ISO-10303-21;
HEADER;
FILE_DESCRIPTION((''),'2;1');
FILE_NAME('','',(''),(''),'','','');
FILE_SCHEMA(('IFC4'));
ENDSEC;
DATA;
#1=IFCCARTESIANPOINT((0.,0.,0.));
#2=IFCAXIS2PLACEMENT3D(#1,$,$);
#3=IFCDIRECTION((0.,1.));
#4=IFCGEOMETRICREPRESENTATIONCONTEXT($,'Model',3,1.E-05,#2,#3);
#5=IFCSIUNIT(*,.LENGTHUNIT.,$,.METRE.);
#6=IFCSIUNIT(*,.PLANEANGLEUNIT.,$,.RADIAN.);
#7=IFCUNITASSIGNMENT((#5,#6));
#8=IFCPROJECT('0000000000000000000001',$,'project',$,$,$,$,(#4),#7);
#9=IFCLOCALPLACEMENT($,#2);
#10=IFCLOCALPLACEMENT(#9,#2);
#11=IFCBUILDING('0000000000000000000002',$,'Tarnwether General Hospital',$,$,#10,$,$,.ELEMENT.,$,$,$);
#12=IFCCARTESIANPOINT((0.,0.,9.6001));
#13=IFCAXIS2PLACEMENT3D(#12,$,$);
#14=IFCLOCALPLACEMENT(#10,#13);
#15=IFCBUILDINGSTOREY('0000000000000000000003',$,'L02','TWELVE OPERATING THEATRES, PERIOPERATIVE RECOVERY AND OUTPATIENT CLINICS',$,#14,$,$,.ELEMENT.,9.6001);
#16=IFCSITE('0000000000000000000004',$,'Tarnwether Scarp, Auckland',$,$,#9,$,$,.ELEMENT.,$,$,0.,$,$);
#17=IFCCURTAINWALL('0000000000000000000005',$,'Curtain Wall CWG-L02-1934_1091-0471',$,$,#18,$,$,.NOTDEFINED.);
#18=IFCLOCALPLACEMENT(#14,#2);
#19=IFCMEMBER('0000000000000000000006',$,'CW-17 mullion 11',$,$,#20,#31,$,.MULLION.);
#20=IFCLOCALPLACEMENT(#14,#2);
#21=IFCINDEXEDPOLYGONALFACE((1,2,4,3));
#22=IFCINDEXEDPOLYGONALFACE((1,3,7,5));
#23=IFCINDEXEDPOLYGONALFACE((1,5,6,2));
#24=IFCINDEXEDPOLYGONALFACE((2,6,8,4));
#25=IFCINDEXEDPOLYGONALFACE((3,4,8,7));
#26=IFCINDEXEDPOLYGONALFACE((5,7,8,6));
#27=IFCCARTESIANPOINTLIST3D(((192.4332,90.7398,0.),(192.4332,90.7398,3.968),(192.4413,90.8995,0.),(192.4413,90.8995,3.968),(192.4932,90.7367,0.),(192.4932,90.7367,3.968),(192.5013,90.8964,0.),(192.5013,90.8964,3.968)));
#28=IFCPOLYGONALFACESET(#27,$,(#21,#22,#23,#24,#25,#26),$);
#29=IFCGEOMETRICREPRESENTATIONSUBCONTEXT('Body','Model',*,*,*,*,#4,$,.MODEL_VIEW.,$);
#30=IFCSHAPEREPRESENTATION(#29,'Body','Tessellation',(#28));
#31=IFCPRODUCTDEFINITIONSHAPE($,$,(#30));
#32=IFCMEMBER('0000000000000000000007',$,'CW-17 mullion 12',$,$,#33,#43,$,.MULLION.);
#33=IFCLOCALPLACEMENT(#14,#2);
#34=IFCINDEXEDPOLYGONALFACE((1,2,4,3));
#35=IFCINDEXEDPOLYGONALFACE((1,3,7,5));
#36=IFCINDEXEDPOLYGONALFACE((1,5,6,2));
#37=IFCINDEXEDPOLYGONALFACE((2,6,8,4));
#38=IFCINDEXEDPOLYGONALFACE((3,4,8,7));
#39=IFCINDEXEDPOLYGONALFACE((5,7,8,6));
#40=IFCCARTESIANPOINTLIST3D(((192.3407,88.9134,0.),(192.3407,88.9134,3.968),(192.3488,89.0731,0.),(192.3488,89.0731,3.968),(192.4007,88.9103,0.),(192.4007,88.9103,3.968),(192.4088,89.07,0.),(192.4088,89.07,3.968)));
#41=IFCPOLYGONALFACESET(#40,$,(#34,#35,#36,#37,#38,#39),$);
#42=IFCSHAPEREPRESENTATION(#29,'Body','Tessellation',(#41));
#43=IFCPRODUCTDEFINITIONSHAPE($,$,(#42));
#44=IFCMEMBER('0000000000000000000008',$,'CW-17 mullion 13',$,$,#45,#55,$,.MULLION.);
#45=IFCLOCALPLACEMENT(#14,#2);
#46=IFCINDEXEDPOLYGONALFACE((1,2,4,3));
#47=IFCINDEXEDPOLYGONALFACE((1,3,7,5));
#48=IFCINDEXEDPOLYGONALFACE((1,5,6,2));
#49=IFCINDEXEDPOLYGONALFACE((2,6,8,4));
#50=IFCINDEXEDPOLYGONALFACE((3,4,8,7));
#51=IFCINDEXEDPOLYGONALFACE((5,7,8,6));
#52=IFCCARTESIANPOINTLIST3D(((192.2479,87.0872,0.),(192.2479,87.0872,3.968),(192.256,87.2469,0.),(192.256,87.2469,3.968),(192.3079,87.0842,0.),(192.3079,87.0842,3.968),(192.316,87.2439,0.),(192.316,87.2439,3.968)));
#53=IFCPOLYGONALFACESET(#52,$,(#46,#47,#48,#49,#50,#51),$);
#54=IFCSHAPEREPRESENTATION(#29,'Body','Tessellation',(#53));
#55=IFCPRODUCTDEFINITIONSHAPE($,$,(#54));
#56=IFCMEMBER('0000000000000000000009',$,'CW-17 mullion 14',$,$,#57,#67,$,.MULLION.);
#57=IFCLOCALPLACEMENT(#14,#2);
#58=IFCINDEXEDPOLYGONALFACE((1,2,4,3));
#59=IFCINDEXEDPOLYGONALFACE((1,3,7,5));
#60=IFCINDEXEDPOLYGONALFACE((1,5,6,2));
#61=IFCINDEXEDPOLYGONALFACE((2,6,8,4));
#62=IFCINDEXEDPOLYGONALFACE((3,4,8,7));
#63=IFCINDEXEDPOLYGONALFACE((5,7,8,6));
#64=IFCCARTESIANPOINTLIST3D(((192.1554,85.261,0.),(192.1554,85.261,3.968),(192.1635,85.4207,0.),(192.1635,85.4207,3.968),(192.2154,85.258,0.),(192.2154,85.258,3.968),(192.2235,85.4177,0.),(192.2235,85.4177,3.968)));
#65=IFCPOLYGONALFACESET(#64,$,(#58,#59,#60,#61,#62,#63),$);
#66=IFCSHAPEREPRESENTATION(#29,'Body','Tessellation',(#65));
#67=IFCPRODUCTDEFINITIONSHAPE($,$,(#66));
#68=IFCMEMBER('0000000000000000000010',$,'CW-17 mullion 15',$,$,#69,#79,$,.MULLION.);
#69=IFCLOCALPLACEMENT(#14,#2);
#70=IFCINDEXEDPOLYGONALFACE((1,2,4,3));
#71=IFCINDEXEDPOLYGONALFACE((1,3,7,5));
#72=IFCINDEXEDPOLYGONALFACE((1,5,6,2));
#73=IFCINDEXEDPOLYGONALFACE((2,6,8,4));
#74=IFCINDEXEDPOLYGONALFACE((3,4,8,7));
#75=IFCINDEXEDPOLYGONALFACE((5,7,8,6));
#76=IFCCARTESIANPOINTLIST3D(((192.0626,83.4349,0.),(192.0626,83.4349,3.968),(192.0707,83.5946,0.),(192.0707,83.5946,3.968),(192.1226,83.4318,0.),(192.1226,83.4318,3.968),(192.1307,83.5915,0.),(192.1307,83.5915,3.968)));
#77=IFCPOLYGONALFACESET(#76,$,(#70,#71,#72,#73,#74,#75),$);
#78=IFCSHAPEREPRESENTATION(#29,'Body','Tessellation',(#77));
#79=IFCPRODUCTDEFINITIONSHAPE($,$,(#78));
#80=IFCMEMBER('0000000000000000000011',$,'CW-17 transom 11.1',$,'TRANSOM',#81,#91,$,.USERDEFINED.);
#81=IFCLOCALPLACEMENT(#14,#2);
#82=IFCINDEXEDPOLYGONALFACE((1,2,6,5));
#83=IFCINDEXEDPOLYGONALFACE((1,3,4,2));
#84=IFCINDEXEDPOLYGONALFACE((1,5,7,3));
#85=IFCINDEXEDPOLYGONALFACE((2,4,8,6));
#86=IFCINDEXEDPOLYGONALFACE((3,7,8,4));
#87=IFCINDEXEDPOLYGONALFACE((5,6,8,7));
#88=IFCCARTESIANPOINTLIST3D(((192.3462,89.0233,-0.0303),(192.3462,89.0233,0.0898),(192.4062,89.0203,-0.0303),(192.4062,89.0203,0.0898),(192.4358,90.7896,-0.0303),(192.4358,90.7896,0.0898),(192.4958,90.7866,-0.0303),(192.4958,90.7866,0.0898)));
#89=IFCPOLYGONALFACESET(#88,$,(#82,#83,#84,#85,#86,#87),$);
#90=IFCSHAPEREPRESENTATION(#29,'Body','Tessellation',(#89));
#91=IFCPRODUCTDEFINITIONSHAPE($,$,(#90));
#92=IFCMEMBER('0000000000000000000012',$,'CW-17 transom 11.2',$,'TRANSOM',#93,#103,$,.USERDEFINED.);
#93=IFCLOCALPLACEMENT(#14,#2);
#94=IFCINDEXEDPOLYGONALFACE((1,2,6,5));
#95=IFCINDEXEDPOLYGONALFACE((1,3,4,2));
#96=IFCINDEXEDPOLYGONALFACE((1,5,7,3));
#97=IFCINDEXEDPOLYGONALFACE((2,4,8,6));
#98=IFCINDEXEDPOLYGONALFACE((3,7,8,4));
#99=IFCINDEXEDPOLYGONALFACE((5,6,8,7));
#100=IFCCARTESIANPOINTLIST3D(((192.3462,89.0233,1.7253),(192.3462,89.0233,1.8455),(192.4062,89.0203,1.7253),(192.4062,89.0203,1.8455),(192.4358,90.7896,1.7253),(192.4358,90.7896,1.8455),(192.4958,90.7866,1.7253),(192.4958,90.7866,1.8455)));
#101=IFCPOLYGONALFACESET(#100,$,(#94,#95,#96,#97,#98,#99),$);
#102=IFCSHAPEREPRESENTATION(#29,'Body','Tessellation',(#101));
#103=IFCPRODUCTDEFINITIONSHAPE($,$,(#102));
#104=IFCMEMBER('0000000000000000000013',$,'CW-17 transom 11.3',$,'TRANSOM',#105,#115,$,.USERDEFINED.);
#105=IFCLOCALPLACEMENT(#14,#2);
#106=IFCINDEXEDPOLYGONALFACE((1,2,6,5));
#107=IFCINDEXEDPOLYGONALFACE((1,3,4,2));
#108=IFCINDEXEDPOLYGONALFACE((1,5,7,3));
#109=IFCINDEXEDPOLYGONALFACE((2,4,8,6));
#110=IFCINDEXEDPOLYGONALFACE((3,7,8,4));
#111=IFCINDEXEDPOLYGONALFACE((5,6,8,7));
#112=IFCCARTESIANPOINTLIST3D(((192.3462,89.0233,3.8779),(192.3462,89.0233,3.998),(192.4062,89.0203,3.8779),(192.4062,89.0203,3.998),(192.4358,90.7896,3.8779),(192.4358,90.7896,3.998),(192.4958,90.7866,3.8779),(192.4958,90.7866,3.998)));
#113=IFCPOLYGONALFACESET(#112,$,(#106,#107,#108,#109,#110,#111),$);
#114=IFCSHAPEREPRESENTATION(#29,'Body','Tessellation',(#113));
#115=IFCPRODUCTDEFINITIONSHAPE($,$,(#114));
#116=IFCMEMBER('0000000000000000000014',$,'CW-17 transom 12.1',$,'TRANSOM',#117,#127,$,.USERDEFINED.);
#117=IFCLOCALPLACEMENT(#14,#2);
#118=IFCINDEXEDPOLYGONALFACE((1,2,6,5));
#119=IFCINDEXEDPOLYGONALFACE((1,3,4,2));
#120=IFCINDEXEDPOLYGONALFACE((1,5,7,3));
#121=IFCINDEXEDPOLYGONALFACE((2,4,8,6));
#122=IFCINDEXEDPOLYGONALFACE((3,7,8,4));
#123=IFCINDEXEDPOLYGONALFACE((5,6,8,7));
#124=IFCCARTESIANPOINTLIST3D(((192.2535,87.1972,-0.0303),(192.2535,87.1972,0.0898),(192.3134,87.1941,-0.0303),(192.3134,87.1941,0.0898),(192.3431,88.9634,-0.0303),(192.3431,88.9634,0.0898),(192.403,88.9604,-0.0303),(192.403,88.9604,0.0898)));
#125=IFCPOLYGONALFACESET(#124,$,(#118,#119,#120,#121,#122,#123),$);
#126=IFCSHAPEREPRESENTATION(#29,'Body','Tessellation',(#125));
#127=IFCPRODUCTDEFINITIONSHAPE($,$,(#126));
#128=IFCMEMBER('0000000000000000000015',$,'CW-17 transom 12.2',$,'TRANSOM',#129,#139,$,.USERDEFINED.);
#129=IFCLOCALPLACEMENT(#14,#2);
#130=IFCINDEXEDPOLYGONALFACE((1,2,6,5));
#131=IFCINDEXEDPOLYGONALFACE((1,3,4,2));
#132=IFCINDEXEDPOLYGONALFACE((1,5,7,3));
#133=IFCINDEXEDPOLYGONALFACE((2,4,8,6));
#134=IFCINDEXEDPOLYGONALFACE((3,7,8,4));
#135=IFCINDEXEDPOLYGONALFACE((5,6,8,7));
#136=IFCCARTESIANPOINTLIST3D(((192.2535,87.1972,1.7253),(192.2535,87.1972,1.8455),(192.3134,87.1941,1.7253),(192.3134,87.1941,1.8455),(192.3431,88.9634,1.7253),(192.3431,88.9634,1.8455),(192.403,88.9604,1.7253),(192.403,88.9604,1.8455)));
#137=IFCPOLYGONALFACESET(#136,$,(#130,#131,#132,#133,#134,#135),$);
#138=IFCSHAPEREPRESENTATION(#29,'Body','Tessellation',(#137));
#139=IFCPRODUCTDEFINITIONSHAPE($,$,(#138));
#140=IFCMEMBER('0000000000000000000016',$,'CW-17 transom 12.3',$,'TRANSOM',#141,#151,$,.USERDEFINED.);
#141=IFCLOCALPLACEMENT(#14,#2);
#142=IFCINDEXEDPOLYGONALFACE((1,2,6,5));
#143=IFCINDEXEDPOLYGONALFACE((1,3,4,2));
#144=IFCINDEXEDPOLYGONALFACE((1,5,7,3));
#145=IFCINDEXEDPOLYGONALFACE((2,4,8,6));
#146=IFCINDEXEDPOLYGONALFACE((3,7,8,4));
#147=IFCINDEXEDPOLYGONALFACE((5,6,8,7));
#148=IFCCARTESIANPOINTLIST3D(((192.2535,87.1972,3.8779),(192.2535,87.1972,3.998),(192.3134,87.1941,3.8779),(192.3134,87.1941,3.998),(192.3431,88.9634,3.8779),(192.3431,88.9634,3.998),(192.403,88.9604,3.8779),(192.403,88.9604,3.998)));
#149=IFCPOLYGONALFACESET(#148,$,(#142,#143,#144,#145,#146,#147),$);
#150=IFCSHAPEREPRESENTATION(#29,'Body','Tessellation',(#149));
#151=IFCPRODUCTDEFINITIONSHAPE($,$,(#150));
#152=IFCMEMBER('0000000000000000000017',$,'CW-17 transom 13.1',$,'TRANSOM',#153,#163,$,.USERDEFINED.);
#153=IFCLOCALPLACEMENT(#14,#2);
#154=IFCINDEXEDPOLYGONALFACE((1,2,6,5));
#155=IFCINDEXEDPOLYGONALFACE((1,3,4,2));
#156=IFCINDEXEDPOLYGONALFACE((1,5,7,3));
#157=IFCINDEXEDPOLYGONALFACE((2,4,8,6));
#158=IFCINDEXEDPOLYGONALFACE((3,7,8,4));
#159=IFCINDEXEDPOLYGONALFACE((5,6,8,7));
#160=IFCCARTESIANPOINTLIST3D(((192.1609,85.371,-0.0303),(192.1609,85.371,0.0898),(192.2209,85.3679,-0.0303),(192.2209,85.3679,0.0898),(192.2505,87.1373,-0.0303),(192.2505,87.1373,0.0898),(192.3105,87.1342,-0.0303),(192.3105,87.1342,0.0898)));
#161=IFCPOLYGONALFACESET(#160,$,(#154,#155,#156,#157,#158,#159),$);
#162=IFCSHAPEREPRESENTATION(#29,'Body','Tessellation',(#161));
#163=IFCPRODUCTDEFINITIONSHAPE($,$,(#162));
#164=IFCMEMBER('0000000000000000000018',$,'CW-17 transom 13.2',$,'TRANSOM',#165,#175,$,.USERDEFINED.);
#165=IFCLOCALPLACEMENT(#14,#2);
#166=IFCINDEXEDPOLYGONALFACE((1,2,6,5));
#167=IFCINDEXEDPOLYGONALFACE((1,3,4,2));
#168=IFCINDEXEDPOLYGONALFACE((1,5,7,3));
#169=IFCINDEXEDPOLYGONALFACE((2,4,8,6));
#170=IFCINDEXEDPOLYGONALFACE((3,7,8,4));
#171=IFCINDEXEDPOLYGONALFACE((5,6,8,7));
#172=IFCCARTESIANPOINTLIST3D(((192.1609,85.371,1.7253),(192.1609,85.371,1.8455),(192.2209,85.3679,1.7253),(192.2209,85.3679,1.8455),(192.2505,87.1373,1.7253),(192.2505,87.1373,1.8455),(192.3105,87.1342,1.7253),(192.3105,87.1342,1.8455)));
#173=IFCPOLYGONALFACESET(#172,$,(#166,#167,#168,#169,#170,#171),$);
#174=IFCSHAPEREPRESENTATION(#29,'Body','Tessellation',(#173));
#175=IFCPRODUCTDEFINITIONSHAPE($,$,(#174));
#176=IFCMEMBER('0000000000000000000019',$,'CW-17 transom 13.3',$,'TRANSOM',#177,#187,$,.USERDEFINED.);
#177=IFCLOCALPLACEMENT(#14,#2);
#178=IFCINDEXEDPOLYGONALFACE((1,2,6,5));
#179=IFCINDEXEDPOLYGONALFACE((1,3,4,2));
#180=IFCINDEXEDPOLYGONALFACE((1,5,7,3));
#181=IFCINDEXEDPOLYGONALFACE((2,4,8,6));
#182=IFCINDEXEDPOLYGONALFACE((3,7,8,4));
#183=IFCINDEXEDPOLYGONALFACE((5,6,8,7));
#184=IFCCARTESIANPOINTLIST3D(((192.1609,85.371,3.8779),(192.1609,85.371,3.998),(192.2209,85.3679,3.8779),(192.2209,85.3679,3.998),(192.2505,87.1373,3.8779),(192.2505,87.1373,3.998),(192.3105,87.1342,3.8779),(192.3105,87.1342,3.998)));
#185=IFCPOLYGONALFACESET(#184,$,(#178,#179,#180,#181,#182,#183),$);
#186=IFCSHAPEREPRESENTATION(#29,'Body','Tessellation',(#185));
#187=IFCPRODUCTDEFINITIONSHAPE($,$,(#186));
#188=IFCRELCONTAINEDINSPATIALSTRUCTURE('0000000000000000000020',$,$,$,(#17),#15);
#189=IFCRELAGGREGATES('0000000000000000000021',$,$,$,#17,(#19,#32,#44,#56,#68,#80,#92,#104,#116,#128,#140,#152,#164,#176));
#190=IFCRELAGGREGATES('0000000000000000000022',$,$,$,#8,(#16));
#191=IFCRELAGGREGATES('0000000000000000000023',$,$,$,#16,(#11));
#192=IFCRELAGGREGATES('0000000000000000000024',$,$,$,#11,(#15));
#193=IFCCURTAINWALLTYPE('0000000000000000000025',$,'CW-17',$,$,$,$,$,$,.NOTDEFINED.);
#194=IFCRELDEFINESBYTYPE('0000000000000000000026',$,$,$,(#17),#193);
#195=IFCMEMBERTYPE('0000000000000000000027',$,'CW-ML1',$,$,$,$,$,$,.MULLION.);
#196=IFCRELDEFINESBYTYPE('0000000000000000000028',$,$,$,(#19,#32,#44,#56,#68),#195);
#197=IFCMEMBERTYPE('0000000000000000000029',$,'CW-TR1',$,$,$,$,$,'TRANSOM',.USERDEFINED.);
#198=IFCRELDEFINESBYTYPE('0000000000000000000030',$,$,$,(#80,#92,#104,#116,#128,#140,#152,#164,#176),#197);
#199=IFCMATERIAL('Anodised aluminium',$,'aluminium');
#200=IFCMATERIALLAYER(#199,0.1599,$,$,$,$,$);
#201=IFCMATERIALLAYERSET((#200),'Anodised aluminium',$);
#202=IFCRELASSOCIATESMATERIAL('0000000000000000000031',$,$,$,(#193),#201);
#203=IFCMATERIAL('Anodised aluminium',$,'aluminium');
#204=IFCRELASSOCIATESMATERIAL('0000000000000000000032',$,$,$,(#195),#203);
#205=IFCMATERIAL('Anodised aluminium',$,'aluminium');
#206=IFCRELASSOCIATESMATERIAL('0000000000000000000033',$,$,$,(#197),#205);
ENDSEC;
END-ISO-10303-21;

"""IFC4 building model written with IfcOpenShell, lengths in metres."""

from ifc_helpers import new_model, si_unit, direction, frame, origin, origin_2d, place, context, subcontext, project, spatial, rectangle, extrude, material, layer, layer_set, material_profile, profile_set, type_object, element, aggregate, save


model = new_model("IFC4")

# Units and contexts
model_context = context("Model", 3, precision=1e-05, world=origin(), true_north=direction((0.0, 1.0)))
body_context = subcontext(model_context, "Body", "Model", "MODEL_VIEW")
ifc_project = project(units=[si_unit("LENGTHUNIT", "METRE"), si_unit("PLANEANGLEUNIT", "RADIAN")], contexts=[model_context])

# Site, building, storey
site_placement = place(None, origin())
site = spatial("IfcSite", under=ifc_project, at=site_placement, Name="Tarnwether Scarp, Auckland", CompositionType="ELEMENT", RefElevation=0.0)
building_placement = place(site_placement, origin())
building = spatial("IfcBuilding", under=site, at=building_placement, Name="Tarnwether General Hospital", CompositionType="ELEMENT")
storey_placement = place(building_placement, frame((0.0, 0.0, 9.6001)))
storey = spatial("IfcBuildingStorey", under=building, at=storey_placement, Name="L02", Description="TWELVE OPERATING THEATRES, PERIOPERATIVE RECOVERY AND OUTPATIENT CLINICS", CompositionType="ELEMENT", Elevation=9.6001)

# Curtain wall, members
ifc_material_1 = material(Name="Anodised aluminium", Category="aluminium")
ifc_layer_1 = layer(ifc_material_1, 0.1599)
ifc_layer_set_1 = layer_set([ifc_layer_1], Name="Anodised aluminium")
curtain_wall_type = type_object("IfcCurtainWallType", Name="CW-17", PredefinedType="NOTDEFINED", material=ifc_layer_set_1)
curtain_wall_placement = place(storey_placement, origin())
curtain_wall = element("IfcCurtainWall", 1, at=curtain_wall_placement, inside=storey, type_object=curtain_wall_type, Name="Curtain Wall CWG-L02-1934_1091-0471", PredefinedType="NOTDEFINED")
ifc_material_2 = material(Name="Anodised aluminium", Category="aluminium")
ifc_material_profile_1 = material_profile(ifc_material_2, rectangle(XDim=0.0601, YDim=0.1599, at=origin_2d()), Name="ALU-MUL-60x160")
ifc_profile_set_1 = profile_set([ifc_material_profile_1], Name="Anodised aluminium")
member_type_1 = type_object("IfcMemberType", Name="CW-ML1", PredefinedType="MULLION", material=ifc_profile_set_1)
member_1_placement = place(storey_placement, frame((192.4673, 90.8181, 0.0), z_axis=(0.0, 0.0, 1.0), x_axis=(0.998715, -0.050678, 0.0)))
member_1 = element("IfcMember", 2, at=member_1_placement, type_object=member_type_1, Name="CW-17 mullion 11", PredefinedType="MULLION", context=body_context, shape_type="SweptSolid", body=[
    extrude(rectangle(XDim=0.0601, YDim=0.1599, at=origin_2d()), origin(), (0.0, 0.0, 1.0), 3.968),
])
member_2_placement = place(storey_placement, frame((192.3748, 88.9917, 0.0), z_axis=(0.0, 0.0, 1.0), x_axis=(0.998715, -0.050678, 0.0)))
member_2 = element("IfcMember", 3, at=member_2_placement, type_object=member_type_1, Name="CW-17 mullion 12", PredefinedType="MULLION", context=body_context, shape_type="SweptSolid", body=[
    extrude(rectangle(XDim=0.0601, YDim=0.1599, at=origin_2d()), origin(), (0.0, 0.0, 1.0), 3.968),
])
member_3_placement = place(storey_placement, frame((192.282, 87.1655, 0.0), z_axis=(0.0, 0.0, 1.0), x_axis=(0.998715, -0.050678, 0.0)))
member_3 = element("IfcMember", 4, at=member_3_placement, type_object=member_type_1, Name="CW-17 mullion 13", PredefinedType="MULLION", context=body_context, shape_type="SweptSolid", body=[
    extrude(rectangle(XDim=0.0601, YDim=0.1599, at=origin_2d()), origin(), (0.0, 0.0, 1.0), 3.968),
])
member_4_placement = place(storey_placement, frame((192.1895, 85.3394, 0.0), z_axis=(0.0, 0.0, 1.0), x_axis=(0.998715, -0.050678, 0.0)))
member_4 = element("IfcMember", 5, at=member_4_placement, type_object=member_type_1, Name="CW-17 mullion 14", PredefinedType="MULLION", context=body_context, shape_type="SweptSolid", body=[
    extrude(rectangle(XDim=0.0601, YDim=0.1599, at=origin_2d()), origin(), (0.0, 0.0, 1.0), 3.968),
])
member_5_placement = place(storey_placement, frame((192.0967, 83.5132, 0.0), z_axis=(0.0, 0.0, 1.0), x_axis=(0.998715, -0.050678, 0.0)))
member_5 = element("IfcMember", 6, at=member_5_placement, type_object=member_type_1, Name="CW-17 mullion 15", PredefinedType="MULLION", context=body_context, shape_type="SweptSolid", body=[
    extrude(rectangle(XDim=0.0601, YDim=0.1599, at=origin_2d()), origin(), (0.0, 0.0, 1.0), 3.968),
])
ifc_material_3 = material(Name="Anodised aluminium", Category="aluminium")
ifc_material_profile_2 = material_profile(ifc_material_3, rectangle(XDim=0.0601, YDim=0.1201, at=origin_2d()), Name="ALU-TRN-60x120")
ifc_profile_set_2 = profile_set([ifc_material_profile_2], Name="Anodised aluminium")
member_type_2 = type_object("IfcMemberType", Name="CW-TR1", ElementType="TRANSOM", PredefinedType="USERDEFINED", material=ifc_profile_set_2)
member_6_placement = place(storey_placement, frame((192.4658, 90.7881, 0.0298), z_axis=(-0.050661, -0.998716, 0.0), x_axis=(0.998716, -0.050661, 0.0)))
member_6 = element("IfcMember", 7, at=member_6_placement, type_object=member_type_2, Name="CW-17 transom 11.1", ObjectType="TRANSOM", PredefinedType="USERDEFINED", context=body_context, shape_type="SweptSolid", body=[
    extrude(rectangle(XDim=0.0601, YDim=0.1201, at=origin_2d()), origin(), (0.0, 0.0, 1.0), 1.7686),
])
member_7_placement = place(storey_placement, frame((192.4658, 90.7881, 1.7854), z_axis=(-0.050661, -0.998716, 0.0), x_axis=(0.998716, -0.050661, 0.0)))
member_7 = element("IfcMember", 8, at=member_7_placement, type_object=member_type_2, Name="CW-17 transom 11.2", ObjectType="TRANSOM", PredefinedType="USERDEFINED", context=body_context, shape_type="SweptSolid", body=[
    extrude(rectangle(XDim=0.0601, YDim=0.1201, at=origin_2d()), origin(), (0.0, 0.0, 1.0), 1.7686),
])
member_8_placement = place(storey_placement, frame((192.4658, 90.7881, 3.938), z_axis=(-0.050661, -0.998716, 0.0), x_axis=(0.998716, -0.050661, 0.0)))
member_8 = element("IfcMember", 9, at=member_8_placement, type_object=member_type_2, Name="CW-17 transom 11.3", ObjectType="TRANSOM", PredefinedType="USERDEFINED", context=body_context, shape_type="SweptSolid", body=[
    extrude(rectangle(XDim=0.0601, YDim=0.1201, at=origin_2d()), origin(), (0.0, 0.0, 1.0), 1.7686),
])
member_9_placement = place(storey_placement, frame((192.373, 88.9619, 0.0298), z_axis=(-0.050661, -0.998716, 0.0), x_axis=(0.998716, -0.050661, 0.0)))
member_9 = element("IfcMember", 10, at=member_9_placement, type_object=member_type_2, Name="CW-17 transom 12.1", ObjectType="TRANSOM", PredefinedType="USERDEFINED", context=body_context, shape_type="SweptSolid", body=[
    extrude(rectangle(XDim=0.0601, YDim=0.1201, at=origin_2d()), origin(), (0.0, 0.0, 1.0), 1.7686),
])
member_10_placement = place(storey_placement, frame((192.373, 88.9619, 1.7854), z_axis=(-0.050661, -0.998716, 0.0), x_axis=(0.998716, -0.050661, 0.0)))
member_10 = element("IfcMember", 11, at=member_10_placement, type_object=member_type_2, Name="CW-17 transom 12.2", ObjectType="TRANSOM", PredefinedType="USERDEFINED", context=body_context, shape_type="SweptSolid", body=[
    extrude(rectangle(XDim=0.0601, YDim=0.1201, at=origin_2d()), origin(), (0.0, 0.0, 1.0), 1.7686),
])
member_11_placement = place(storey_placement, frame((192.373, 88.9619, 3.938), z_axis=(-0.050661, -0.998716, 0.0), x_axis=(0.998716, -0.050661, 0.0)))
member_11 = element("IfcMember", 12, at=member_11_placement, type_object=member_type_2, Name="CW-17 transom 12.3", ObjectType="TRANSOM", PredefinedType="USERDEFINED", context=body_context, shape_type="SweptSolid", body=[
    extrude(rectangle(XDim=0.0601, YDim=0.1201, at=origin_2d()), origin(), (0.0, 0.0, 1.0), 1.7686),
])
member_12_placement = place(storey_placement, frame((192.2805, 87.1357, 0.0298), z_axis=(-0.050661, -0.998716, 0.0), x_axis=(0.998716, -0.050661, 0.0)))
member_12 = element("IfcMember", 13, at=member_12_placement, type_object=member_type_2, Name="CW-17 transom 13.1", ObjectType="TRANSOM", PredefinedType="USERDEFINED", context=body_context, shape_type="SweptSolid", body=[
    extrude(rectangle(XDim=0.0601, YDim=0.1201, at=origin_2d()), origin(), (0.0, 0.0, 1.0), 1.7686),
])
member_13_placement = place(storey_placement, frame((192.2805, 87.1357, 1.7854), z_axis=(-0.050661, -0.998716, 0.0), x_axis=(0.998716, -0.050661, 0.0)))
member_13 = element("IfcMember", 14, at=member_13_placement, type_object=member_type_2, Name="CW-17 transom 13.2", ObjectType="TRANSOM", PredefinedType="USERDEFINED", context=body_context, shape_type="SweptSolid", body=[
    extrude(rectangle(XDim=0.0601, YDim=0.1201, at=origin_2d()), origin(), (0.0, 0.0, 1.0), 1.7686),
])
member_14_placement = place(storey_placement, frame((192.2805, 87.1357, 3.938), z_axis=(-0.050661, -0.998716, 0.0), x_axis=(0.998716, -0.050661, 0.0)))
member_14 = element("IfcMember", 15, at=member_14_placement, type_object=member_type_2, Name="CW-17 transom 13.3", ObjectType="TRANSOM", PredefinedType="USERDEFINED", context=body_context, shape_type="SweptSolid", body=[
    extrude(rectangle(XDim=0.0601, YDim=0.1201, at=origin_2d()), origin(), (0.0, 0.0, 1.0), 1.7686),
])
aggregate(curtain_wall, [member_1, member_2, member_3, member_4, member_5, member_6, member_7, member_8, member_9, member_10, member_11, member_12, member_13, member_14])

save(model, "model.ifc")
